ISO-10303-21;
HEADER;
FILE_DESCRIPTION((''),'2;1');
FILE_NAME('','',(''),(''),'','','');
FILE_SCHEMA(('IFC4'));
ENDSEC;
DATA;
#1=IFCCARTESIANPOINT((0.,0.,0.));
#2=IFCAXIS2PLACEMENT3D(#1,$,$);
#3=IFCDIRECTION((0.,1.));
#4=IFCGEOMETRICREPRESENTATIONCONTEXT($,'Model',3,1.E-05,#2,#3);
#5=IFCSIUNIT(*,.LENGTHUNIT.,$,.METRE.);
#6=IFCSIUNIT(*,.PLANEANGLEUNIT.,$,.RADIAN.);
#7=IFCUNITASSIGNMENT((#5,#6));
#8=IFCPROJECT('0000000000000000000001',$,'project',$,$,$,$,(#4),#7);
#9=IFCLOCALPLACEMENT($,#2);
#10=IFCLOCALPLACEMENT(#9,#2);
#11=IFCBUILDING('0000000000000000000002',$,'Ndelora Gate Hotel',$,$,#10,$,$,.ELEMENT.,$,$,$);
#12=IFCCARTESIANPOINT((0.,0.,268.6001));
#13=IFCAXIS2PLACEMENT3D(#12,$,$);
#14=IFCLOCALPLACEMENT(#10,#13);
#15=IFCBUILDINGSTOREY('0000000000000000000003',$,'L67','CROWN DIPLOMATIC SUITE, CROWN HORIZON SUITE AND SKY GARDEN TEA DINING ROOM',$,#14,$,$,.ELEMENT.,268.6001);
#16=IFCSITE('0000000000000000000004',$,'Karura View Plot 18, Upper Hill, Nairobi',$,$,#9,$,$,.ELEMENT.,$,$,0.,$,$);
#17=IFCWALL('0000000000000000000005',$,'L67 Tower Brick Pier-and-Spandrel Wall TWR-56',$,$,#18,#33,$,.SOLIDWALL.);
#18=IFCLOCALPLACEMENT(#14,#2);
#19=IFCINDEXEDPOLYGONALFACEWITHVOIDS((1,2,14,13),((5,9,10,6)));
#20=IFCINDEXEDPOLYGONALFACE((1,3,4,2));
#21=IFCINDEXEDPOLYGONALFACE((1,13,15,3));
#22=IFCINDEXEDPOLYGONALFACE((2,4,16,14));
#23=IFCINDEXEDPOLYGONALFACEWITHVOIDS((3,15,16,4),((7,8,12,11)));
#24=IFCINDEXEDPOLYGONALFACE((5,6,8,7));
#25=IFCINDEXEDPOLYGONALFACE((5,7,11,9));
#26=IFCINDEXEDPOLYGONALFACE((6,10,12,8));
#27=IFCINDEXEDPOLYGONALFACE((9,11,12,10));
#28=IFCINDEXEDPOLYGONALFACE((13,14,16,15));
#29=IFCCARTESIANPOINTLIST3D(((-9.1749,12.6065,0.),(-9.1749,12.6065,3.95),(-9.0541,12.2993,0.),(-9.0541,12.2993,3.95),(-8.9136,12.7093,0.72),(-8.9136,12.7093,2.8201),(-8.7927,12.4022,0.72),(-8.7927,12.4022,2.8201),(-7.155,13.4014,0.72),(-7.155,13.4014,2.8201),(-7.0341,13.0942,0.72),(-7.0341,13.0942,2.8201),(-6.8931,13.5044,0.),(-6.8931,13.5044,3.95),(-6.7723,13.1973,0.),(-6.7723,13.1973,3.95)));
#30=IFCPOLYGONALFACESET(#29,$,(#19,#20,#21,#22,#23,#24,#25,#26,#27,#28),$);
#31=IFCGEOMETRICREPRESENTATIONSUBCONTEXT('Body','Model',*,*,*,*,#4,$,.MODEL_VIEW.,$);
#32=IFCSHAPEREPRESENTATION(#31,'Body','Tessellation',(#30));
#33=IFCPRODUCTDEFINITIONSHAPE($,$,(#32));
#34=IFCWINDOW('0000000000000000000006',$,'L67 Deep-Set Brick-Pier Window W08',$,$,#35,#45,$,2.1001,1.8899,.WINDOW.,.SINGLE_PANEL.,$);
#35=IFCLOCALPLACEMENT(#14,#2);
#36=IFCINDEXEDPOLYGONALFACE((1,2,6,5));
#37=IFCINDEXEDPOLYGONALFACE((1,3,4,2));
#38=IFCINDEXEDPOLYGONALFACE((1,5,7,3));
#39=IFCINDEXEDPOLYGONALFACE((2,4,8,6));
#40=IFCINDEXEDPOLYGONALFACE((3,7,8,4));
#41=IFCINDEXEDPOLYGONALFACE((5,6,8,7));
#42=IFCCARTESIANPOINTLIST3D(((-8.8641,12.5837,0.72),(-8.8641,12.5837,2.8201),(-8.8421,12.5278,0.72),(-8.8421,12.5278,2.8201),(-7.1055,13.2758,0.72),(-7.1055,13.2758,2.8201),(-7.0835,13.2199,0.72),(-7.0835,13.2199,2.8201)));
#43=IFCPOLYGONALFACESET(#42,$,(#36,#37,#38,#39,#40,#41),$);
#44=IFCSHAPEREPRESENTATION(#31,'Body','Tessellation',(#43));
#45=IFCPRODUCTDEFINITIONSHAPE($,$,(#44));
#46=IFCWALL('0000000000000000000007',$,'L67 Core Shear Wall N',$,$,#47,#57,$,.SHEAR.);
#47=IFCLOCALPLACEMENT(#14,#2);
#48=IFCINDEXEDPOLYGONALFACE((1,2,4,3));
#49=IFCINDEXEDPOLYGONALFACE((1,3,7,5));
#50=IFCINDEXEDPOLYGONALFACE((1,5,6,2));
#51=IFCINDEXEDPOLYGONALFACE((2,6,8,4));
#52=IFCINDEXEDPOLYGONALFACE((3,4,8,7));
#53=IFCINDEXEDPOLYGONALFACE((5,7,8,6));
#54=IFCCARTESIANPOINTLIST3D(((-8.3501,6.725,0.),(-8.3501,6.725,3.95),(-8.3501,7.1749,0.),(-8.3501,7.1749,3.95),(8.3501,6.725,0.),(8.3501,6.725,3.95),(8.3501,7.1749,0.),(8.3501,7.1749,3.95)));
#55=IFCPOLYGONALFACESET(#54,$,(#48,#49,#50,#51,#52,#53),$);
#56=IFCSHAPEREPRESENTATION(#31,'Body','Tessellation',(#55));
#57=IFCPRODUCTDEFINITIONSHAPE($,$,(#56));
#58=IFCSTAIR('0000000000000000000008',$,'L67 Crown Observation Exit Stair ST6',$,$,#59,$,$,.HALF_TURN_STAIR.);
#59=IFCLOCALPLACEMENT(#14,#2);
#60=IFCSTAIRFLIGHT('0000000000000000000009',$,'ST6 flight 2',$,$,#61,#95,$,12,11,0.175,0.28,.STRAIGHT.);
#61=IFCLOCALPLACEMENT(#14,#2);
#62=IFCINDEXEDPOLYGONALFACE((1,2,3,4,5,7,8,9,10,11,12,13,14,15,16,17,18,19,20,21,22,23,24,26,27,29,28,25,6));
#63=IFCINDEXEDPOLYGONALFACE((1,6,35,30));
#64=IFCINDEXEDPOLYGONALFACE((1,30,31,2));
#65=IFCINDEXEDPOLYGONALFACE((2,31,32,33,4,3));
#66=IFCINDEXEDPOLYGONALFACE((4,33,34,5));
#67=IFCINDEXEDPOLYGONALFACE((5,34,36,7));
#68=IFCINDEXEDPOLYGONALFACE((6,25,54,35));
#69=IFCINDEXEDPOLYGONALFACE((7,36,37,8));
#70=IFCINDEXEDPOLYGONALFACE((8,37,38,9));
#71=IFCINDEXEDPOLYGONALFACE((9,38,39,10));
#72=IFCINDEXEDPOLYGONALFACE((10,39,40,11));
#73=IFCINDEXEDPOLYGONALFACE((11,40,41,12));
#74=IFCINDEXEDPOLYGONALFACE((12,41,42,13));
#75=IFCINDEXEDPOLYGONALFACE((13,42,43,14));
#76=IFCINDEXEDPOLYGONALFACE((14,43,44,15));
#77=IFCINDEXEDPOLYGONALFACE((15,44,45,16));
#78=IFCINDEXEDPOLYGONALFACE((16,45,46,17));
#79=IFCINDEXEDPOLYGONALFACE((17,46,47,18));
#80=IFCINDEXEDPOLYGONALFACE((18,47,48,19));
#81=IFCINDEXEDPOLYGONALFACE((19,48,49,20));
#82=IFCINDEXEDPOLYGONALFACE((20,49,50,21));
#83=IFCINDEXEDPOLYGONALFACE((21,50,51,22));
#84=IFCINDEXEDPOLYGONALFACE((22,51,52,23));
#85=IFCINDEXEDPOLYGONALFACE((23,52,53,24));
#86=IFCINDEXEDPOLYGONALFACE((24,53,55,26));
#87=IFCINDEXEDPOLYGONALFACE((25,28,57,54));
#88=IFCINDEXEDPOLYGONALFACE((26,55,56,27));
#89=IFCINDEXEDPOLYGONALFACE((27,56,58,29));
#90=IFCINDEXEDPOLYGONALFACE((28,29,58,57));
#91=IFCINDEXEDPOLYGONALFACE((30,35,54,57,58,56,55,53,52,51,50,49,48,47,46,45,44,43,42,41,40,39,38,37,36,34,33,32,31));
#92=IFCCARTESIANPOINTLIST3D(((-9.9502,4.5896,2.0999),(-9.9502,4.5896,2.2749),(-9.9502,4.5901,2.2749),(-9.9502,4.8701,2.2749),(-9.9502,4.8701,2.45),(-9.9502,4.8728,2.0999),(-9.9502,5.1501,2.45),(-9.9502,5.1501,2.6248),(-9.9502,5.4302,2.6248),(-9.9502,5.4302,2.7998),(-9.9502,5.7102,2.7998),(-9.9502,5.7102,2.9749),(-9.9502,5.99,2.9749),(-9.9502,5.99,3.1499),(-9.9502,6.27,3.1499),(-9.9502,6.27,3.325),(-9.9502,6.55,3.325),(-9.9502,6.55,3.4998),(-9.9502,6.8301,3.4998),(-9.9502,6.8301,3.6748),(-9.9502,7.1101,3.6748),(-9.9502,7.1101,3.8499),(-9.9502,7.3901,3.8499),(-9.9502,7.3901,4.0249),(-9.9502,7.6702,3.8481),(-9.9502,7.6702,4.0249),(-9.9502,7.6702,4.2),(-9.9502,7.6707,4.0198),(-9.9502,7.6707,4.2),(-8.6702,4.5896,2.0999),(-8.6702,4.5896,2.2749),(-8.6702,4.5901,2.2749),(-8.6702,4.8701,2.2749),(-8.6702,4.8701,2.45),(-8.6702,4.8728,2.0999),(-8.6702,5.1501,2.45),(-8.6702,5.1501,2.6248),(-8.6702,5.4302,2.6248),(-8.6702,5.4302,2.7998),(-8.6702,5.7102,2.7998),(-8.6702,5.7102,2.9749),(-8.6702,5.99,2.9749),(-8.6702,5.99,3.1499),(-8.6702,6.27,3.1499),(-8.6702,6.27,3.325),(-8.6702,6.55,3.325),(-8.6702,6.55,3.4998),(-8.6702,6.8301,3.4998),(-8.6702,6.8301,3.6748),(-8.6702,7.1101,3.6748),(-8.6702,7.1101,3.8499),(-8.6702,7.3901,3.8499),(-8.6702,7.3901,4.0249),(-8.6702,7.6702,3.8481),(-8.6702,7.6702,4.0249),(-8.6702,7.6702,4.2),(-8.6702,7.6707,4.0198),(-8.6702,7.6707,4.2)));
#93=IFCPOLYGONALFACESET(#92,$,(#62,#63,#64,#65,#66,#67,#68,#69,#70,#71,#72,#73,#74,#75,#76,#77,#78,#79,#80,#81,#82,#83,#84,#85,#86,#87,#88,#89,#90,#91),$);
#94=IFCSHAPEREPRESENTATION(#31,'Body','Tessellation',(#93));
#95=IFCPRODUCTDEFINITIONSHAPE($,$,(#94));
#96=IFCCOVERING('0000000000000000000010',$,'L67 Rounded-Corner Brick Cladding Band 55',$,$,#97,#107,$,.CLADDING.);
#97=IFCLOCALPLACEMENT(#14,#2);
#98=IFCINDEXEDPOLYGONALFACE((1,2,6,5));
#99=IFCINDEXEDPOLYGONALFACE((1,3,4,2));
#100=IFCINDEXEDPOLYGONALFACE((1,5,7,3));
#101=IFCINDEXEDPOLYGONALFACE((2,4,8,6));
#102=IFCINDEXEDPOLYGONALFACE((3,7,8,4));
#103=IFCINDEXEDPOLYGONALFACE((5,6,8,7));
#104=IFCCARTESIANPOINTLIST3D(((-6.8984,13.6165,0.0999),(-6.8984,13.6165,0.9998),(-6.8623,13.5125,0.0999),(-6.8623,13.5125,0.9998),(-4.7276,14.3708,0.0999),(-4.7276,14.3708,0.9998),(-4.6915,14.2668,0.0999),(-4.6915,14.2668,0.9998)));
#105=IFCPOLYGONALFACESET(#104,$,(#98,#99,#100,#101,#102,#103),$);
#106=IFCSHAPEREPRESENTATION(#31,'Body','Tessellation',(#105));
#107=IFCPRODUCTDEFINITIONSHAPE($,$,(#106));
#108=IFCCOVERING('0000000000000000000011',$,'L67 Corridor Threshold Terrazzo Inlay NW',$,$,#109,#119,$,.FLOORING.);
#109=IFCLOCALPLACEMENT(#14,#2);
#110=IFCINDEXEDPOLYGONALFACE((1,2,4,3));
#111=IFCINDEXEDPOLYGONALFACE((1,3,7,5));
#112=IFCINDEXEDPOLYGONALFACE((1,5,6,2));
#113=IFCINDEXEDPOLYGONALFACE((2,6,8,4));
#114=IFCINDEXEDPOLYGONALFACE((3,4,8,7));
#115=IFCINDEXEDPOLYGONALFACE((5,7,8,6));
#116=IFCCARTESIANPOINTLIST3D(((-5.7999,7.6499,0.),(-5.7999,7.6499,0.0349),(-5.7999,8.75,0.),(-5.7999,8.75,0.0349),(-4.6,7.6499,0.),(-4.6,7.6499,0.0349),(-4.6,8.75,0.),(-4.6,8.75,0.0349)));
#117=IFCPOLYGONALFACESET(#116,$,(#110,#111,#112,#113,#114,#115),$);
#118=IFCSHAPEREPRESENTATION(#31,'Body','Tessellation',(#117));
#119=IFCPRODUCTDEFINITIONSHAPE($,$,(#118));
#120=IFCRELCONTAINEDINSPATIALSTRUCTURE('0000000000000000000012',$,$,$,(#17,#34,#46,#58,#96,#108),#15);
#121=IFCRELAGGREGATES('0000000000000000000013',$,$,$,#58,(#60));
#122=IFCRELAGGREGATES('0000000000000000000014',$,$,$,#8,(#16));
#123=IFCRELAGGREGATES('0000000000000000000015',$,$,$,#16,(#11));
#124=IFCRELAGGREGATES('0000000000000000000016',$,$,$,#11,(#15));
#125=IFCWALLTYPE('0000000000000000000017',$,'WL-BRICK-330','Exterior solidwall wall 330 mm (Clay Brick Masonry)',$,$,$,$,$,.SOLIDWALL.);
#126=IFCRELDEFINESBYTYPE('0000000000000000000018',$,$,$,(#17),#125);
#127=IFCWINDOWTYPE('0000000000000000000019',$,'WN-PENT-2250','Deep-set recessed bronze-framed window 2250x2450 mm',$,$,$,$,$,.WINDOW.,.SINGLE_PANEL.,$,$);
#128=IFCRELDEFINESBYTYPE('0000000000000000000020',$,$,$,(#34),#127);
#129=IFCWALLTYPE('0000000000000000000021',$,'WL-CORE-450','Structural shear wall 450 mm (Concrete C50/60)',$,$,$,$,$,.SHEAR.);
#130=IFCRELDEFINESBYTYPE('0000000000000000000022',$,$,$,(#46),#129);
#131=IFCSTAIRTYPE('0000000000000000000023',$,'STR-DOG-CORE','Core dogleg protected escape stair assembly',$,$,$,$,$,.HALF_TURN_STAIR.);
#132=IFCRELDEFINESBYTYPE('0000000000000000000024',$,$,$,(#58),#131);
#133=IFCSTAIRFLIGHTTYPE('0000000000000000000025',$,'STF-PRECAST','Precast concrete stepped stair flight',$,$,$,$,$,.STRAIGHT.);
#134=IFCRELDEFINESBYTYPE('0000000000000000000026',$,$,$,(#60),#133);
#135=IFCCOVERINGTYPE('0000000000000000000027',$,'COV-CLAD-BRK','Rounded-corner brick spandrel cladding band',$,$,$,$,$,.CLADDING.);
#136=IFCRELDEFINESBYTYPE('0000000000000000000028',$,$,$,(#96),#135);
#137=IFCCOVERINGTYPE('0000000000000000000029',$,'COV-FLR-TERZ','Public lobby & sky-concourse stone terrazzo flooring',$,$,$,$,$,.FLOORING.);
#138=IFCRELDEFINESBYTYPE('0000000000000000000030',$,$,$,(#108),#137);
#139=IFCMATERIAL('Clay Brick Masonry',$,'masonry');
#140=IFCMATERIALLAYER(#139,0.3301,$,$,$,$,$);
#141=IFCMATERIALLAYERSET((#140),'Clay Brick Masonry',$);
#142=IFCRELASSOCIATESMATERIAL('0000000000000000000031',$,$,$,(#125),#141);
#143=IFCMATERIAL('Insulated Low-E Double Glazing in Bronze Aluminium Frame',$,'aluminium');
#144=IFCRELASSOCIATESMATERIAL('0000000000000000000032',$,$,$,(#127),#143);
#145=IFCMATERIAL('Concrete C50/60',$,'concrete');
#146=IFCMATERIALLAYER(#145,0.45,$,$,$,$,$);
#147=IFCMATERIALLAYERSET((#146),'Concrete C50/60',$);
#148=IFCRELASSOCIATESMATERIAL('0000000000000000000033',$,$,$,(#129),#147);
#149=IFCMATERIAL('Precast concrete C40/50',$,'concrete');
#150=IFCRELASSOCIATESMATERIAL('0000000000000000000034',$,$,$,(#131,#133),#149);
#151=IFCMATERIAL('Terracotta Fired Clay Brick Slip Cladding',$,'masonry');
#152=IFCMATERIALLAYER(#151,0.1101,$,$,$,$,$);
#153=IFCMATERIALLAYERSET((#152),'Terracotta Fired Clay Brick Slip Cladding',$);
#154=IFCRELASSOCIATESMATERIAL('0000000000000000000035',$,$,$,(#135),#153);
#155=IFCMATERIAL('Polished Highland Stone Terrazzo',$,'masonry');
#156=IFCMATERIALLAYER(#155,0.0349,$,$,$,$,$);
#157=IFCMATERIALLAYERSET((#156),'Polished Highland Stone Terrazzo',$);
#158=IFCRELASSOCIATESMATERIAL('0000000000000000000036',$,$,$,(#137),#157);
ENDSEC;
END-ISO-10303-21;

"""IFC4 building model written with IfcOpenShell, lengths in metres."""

from ifc_helpers import new_model, si_unit, direction, frame, frame_2d, origin, origin_2d, place, context, subcontext, project, spatial, polyline, rectangle, outline, extrude, material, layer, layer_set, type_object, element, fill, aggregate, save


model = new_model("IFC4")

# Units and contexts
model_context = context("Model", 3, precision=1e-05, world=origin(), true_north=direction((0.0, 1.0)))
body_context = subcontext(model_context, "Body", "Model", "MODEL_VIEW")
ifc_project = project(units=[si_unit("LENGTHUNIT", "METRE"), si_unit("PLANEANGLEUNIT", "RADIAN")], contexts=[model_context])

# Site, building, storey
site_placement = place(None, origin())
site = spatial("IfcSite", under=ifc_project, at=site_placement, Name="Karura View Plot 18, Upper Hill, Nairobi", CompositionType="ELEMENT", RefElevation=0.0)
building_placement = place(site_placement, origin())
building = spatial("IfcBuilding", under=site, at=building_placement, Name="Ndelora Gate Hotel", CompositionType="ELEMENT")
storey_placement = place(building_placement, frame((0.0, 0.0, 268.6001)))
storey = spatial("IfcBuildingStorey", under=building, at=storey_placement, Name="L67", Description="CROWN DIPLOMATIC SUITE, CROWN HORIZON SUITE AND SKY GARDEN TEA DINING ROOM", CompositionType="ELEMENT", Elevation=268.6001)

# Shared definitions
ifc_material_1 = material(Name="Concrete C50/60", Category="concrete")

# Shared definitions
ifc_material_2 = material(Name="Clay Brick Masonry", Category="masonry")
ifc_layer_1 = layer(ifc_material_2, 0.3301)
ifc_layer_set_1 = layer_set([ifc_layer_1], Name="Clay Brick Masonry")
wall_type_1 = type_object("IfcWallType", Name="WL-BRICK-330", Description="Exterior solidwall wall 330 mm (Clay Brick Masonry)", PredefinedType="SOLIDWALL", material=ifc_layer_set_1)

# Wall, opening, window
wall_1_placement = place(storey_placement, frame((-9.1145, 12.4529, 0.0), z_axis=(0.0, 0.0, 1.0), x_axis=(0.930536, 0.366201, 0.0)))
wall_1 = element("IfcWall", 1, at=wall_1_placement, inside=storey, type_object=wall_type_1, Name="L67 Tower Brick Pier-and-Spandrel Wall TWR-56", PredefinedType="SOLIDWALL", context=body_context, shape_type="SweptSolid", body=[
    extrude(rectangle(XDim=2.4521, YDim=0.3301, at=frame_2d((1.2261, 0.0))), origin(), (0.0, 0.0, 1.0), 3.95),
])
opening_1_placement = place(wall_1_placement, frame((0.281, 0.0, 0.72)))
opening_1 = element("IfcOpeningElement", 2, at=opening_1_placement, cuts=wall_1, PredefinedType="OPENING", context=body_context, shape_type="SweptSolid", body=[
    extrude(rectangle(XDim=1.8899, YDim=2.1001, at=frame_2d((0.9448, 1.05))), frame((0.0, 0.175, 0.0), z_axis=(0.0, -1.0, 0.0), x_axis=(1.0, 0.0, 0.0)), (0.0, 0.0, 1.0), 0.3501),
])
ifc_material_3 = material(Name="Insulated Low-E Double Glazing in Bronze Aluminium Frame", Category="aluminium")
window_type = type_object("IfcWindowType", Name="WN-PENT-2250", Description="Deep-set recessed bronze-framed window 2250x2450 mm", PartitioningType="SINGLE_PANEL", PredefinedType="WINDOW", material=ifc_material_3)
window_placement = place(opening_1_placement, origin())
window = element("IfcWindow", 3, at=window_placement, inside=storey, type_object=window_type, Name="L67 Deep-Set Brick-Pier Window W08", OverallHeight=2.1001, OverallWidth=1.8899, PartitioningType="SINGLE_PANEL", PredefinedType="WINDOW", context=body_context, shape_type="SweptSolid", body=[
    extrude(rectangle(XDim=1.8899, YDim=2.1001, at=frame_2d((0.9448, 1.05))), frame((0.0, 0.03, 0.0), z_axis=(0.0, -1.0, 0.0), x_axis=(1.0, 0.0, 0.0)), (0.0, 0.0, 1.0), 0.0601),
])
fill(opening_1, window)

# Wall
ifc_layer_2 = layer(ifc_material_1, 0.45)
ifc_layer_set_2 = layer_set([ifc_layer_2], Name="Concrete C50/60")
wall_type_2 = type_object("IfcWallType", Name="WL-CORE-450", Description="Structural shear wall 450 mm (Concrete C50/60)", PredefinedType="SHEAR", material=ifc_layer_set_2)
wall_2_placement = place(storey_placement, frame((-8.3501, 6.95, 0.0), z_axis=(0.0, 0.0, 1.0), x_axis=(1.0, 0.0, 0.0)))
element("IfcWall", 4, at=wall_2_placement, inside=storey, type_object=wall_type_2, Name="L67 Core Shear Wall N", PredefinedType="SHEAR", context=body_context, shape_type="SweptSolid", body=[
    extrude(rectangle(XDim=16.7002, YDim=0.45, at=frame_2d((8.3501, 0.0))), origin(), (0.0, 0.0, 1.0), 3.95),
])

# Stair, stair flight
ifc_material_4 = material(Name="Precast concrete C40/50", Category="concrete")
stair_type = type_object("IfcStairType", Name="STR-DOG-CORE", Description="Core dogleg protected escape stair assembly", PredefinedType="HALF_TURN_STAIR", material=ifc_material_4)
stair_placement = place(storey_placement, origin())
stair = element("IfcStair", 5, at=stair_placement, inside=storey, type_object=stair_type, Name="L67 Crown Observation Exit Stair ST6", PredefinedType="HALF_TURN_STAIR")
stair_flight_type = type_object("IfcStairFlightType", Name="STF-PRECAST", Description="Precast concrete stepped stair flight", PredefinedType="STRAIGHT", material=ifc_material_4)
stair_flight_placement = place(storey_placement, frame((-9.3101, 4.5901, 2.0999), z_axis=(0.0, 0.0, 1.0), x_axis=(0.0, 1.0, 0.0)))
stair_flight = element("IfcStairFlight", 6, at=stair_flight_placement, type_object=stair_flight_type, Name="ST6 flight 2", NumberOfRisers=12, NumberOfTreads=11, PredefinedType="STRAIGHT", RiserHeight=0.175, TreadLength=0.28, context=body_context, shape_type="SweptSolid", body=[
    extrude(outline(polyline([(-0.0005, 0.0), (-0.0005, 0.175), (0.0, 0.175), (0.28, 0.175), (0.28, 0.3501), (0.5601, 0.3501), (0.5601, 0.5249), (0.8401, 0.5249), (0.8401, 0.7), (1.1201, 0.7), (1.1201, 0.875), (1.3999, 0.875), (1.3999, 1.05), (1.6799, 1.05), (1.6799, 1.2251), (1.96, 1.2251), (1.96, 1.3999), (2.24, 1.3999), (2.24, 1.575), (2.52, 1.575), (2.52, 1.75), (2.8, 1.75), (2.8, 1.925), (3.0801, 1.925), (3.0801, 2.1001), (3.0806, 2.1001), (3.0806, 1.9199), (3.0801, 1.7483), (0.2827, 0.0), (-0.0005, 0.0)])), frame((0.0, 0.6401, 0.0), z_axis=(0.0, -1.0, 0.0), x_axis=(1.0, 0.0, 0.0)), (0.0, 0.0, 1.0), 1.28),
])
aggregate(stair, [stair_flight])

# Coverings
ifc_material_5 = material(Name="Terracotta Fired Clay Brick Slip Cladding", Category="masonry")
ifc_layer_3 = layer(ifc_material_5, 0.1101)
ifc_layer_set_3 = layer_set([ifc_layer_3], Name="Terracotta Fired Clay Brick Slip Cladding")
covering_type_1 = type_object("IfcCoveringType", Name="COV-CLAD-BRK", Description="Rounded-corner brick spandrel cladding band", PredefinedType="CLADDING", material=ifc_layer_set_3)
covering_1_placement = place(storey_placement, frame((-5.7949, 13.9417, 0.0999), z_axis=(0.0, 0.0, 1.0), x_axis=(0.944606, 0.328207, 0.0)))
element("IfcCovering", 7, at=covering_1_placement, inside=storey, type_object=covering_type_1, Name="L67 Rounded-Corner Brick Cladding Band 55", PredefinedType="CLADDING", context=body_context, shape_type="SweptSolid", body=[
    extrude(rectangle(XDim=2.2981, YDim=0.1101, at=origin_2d()), origin(), (0.0, 0.0, 1.0), 0.8999),
])
ifc_material_6 = material(Name="Polished Highland Stone Terrazzo", Category="masonry")
ifc_layer_4 = layer(ifc_material_6, 0.0349)
ifc_layer_set_4 = layer_set([ifc_layer_4], Name="Polished Highland Stone Terrazzo")
covering_type_2 = type_object("IfcCoveringType", Name="COV-FLR-TERZ", Description="Public lobby & sky-concourse stone terrazzo flooring", PredefinedType="FLOORING", material=ifc_layer_set_4)
covering_2_placement = place(storey_placement, frame((-5.2, 8.2, 0.0), z_axis=(0.0, 0.0, 1.0), x_axis=(1.0, 0.0, 0.0)))
element("IfcCovering", 8, at=covering_2_placement, inside=storey, type_object=covering_type_2, Name="L67 Corridor Threshold Terrazzo Inlay NW", PredefinedType="FLOORING", context=body_context, shape_type="SweptSolid", body=[
    extrude(rectangle(XDim=1.2, YDim=1.1001, at=origin_2d()), origin(), (0.0, 0.0, 1.0), 0.0349),
])

save(model, "model.ifc")
